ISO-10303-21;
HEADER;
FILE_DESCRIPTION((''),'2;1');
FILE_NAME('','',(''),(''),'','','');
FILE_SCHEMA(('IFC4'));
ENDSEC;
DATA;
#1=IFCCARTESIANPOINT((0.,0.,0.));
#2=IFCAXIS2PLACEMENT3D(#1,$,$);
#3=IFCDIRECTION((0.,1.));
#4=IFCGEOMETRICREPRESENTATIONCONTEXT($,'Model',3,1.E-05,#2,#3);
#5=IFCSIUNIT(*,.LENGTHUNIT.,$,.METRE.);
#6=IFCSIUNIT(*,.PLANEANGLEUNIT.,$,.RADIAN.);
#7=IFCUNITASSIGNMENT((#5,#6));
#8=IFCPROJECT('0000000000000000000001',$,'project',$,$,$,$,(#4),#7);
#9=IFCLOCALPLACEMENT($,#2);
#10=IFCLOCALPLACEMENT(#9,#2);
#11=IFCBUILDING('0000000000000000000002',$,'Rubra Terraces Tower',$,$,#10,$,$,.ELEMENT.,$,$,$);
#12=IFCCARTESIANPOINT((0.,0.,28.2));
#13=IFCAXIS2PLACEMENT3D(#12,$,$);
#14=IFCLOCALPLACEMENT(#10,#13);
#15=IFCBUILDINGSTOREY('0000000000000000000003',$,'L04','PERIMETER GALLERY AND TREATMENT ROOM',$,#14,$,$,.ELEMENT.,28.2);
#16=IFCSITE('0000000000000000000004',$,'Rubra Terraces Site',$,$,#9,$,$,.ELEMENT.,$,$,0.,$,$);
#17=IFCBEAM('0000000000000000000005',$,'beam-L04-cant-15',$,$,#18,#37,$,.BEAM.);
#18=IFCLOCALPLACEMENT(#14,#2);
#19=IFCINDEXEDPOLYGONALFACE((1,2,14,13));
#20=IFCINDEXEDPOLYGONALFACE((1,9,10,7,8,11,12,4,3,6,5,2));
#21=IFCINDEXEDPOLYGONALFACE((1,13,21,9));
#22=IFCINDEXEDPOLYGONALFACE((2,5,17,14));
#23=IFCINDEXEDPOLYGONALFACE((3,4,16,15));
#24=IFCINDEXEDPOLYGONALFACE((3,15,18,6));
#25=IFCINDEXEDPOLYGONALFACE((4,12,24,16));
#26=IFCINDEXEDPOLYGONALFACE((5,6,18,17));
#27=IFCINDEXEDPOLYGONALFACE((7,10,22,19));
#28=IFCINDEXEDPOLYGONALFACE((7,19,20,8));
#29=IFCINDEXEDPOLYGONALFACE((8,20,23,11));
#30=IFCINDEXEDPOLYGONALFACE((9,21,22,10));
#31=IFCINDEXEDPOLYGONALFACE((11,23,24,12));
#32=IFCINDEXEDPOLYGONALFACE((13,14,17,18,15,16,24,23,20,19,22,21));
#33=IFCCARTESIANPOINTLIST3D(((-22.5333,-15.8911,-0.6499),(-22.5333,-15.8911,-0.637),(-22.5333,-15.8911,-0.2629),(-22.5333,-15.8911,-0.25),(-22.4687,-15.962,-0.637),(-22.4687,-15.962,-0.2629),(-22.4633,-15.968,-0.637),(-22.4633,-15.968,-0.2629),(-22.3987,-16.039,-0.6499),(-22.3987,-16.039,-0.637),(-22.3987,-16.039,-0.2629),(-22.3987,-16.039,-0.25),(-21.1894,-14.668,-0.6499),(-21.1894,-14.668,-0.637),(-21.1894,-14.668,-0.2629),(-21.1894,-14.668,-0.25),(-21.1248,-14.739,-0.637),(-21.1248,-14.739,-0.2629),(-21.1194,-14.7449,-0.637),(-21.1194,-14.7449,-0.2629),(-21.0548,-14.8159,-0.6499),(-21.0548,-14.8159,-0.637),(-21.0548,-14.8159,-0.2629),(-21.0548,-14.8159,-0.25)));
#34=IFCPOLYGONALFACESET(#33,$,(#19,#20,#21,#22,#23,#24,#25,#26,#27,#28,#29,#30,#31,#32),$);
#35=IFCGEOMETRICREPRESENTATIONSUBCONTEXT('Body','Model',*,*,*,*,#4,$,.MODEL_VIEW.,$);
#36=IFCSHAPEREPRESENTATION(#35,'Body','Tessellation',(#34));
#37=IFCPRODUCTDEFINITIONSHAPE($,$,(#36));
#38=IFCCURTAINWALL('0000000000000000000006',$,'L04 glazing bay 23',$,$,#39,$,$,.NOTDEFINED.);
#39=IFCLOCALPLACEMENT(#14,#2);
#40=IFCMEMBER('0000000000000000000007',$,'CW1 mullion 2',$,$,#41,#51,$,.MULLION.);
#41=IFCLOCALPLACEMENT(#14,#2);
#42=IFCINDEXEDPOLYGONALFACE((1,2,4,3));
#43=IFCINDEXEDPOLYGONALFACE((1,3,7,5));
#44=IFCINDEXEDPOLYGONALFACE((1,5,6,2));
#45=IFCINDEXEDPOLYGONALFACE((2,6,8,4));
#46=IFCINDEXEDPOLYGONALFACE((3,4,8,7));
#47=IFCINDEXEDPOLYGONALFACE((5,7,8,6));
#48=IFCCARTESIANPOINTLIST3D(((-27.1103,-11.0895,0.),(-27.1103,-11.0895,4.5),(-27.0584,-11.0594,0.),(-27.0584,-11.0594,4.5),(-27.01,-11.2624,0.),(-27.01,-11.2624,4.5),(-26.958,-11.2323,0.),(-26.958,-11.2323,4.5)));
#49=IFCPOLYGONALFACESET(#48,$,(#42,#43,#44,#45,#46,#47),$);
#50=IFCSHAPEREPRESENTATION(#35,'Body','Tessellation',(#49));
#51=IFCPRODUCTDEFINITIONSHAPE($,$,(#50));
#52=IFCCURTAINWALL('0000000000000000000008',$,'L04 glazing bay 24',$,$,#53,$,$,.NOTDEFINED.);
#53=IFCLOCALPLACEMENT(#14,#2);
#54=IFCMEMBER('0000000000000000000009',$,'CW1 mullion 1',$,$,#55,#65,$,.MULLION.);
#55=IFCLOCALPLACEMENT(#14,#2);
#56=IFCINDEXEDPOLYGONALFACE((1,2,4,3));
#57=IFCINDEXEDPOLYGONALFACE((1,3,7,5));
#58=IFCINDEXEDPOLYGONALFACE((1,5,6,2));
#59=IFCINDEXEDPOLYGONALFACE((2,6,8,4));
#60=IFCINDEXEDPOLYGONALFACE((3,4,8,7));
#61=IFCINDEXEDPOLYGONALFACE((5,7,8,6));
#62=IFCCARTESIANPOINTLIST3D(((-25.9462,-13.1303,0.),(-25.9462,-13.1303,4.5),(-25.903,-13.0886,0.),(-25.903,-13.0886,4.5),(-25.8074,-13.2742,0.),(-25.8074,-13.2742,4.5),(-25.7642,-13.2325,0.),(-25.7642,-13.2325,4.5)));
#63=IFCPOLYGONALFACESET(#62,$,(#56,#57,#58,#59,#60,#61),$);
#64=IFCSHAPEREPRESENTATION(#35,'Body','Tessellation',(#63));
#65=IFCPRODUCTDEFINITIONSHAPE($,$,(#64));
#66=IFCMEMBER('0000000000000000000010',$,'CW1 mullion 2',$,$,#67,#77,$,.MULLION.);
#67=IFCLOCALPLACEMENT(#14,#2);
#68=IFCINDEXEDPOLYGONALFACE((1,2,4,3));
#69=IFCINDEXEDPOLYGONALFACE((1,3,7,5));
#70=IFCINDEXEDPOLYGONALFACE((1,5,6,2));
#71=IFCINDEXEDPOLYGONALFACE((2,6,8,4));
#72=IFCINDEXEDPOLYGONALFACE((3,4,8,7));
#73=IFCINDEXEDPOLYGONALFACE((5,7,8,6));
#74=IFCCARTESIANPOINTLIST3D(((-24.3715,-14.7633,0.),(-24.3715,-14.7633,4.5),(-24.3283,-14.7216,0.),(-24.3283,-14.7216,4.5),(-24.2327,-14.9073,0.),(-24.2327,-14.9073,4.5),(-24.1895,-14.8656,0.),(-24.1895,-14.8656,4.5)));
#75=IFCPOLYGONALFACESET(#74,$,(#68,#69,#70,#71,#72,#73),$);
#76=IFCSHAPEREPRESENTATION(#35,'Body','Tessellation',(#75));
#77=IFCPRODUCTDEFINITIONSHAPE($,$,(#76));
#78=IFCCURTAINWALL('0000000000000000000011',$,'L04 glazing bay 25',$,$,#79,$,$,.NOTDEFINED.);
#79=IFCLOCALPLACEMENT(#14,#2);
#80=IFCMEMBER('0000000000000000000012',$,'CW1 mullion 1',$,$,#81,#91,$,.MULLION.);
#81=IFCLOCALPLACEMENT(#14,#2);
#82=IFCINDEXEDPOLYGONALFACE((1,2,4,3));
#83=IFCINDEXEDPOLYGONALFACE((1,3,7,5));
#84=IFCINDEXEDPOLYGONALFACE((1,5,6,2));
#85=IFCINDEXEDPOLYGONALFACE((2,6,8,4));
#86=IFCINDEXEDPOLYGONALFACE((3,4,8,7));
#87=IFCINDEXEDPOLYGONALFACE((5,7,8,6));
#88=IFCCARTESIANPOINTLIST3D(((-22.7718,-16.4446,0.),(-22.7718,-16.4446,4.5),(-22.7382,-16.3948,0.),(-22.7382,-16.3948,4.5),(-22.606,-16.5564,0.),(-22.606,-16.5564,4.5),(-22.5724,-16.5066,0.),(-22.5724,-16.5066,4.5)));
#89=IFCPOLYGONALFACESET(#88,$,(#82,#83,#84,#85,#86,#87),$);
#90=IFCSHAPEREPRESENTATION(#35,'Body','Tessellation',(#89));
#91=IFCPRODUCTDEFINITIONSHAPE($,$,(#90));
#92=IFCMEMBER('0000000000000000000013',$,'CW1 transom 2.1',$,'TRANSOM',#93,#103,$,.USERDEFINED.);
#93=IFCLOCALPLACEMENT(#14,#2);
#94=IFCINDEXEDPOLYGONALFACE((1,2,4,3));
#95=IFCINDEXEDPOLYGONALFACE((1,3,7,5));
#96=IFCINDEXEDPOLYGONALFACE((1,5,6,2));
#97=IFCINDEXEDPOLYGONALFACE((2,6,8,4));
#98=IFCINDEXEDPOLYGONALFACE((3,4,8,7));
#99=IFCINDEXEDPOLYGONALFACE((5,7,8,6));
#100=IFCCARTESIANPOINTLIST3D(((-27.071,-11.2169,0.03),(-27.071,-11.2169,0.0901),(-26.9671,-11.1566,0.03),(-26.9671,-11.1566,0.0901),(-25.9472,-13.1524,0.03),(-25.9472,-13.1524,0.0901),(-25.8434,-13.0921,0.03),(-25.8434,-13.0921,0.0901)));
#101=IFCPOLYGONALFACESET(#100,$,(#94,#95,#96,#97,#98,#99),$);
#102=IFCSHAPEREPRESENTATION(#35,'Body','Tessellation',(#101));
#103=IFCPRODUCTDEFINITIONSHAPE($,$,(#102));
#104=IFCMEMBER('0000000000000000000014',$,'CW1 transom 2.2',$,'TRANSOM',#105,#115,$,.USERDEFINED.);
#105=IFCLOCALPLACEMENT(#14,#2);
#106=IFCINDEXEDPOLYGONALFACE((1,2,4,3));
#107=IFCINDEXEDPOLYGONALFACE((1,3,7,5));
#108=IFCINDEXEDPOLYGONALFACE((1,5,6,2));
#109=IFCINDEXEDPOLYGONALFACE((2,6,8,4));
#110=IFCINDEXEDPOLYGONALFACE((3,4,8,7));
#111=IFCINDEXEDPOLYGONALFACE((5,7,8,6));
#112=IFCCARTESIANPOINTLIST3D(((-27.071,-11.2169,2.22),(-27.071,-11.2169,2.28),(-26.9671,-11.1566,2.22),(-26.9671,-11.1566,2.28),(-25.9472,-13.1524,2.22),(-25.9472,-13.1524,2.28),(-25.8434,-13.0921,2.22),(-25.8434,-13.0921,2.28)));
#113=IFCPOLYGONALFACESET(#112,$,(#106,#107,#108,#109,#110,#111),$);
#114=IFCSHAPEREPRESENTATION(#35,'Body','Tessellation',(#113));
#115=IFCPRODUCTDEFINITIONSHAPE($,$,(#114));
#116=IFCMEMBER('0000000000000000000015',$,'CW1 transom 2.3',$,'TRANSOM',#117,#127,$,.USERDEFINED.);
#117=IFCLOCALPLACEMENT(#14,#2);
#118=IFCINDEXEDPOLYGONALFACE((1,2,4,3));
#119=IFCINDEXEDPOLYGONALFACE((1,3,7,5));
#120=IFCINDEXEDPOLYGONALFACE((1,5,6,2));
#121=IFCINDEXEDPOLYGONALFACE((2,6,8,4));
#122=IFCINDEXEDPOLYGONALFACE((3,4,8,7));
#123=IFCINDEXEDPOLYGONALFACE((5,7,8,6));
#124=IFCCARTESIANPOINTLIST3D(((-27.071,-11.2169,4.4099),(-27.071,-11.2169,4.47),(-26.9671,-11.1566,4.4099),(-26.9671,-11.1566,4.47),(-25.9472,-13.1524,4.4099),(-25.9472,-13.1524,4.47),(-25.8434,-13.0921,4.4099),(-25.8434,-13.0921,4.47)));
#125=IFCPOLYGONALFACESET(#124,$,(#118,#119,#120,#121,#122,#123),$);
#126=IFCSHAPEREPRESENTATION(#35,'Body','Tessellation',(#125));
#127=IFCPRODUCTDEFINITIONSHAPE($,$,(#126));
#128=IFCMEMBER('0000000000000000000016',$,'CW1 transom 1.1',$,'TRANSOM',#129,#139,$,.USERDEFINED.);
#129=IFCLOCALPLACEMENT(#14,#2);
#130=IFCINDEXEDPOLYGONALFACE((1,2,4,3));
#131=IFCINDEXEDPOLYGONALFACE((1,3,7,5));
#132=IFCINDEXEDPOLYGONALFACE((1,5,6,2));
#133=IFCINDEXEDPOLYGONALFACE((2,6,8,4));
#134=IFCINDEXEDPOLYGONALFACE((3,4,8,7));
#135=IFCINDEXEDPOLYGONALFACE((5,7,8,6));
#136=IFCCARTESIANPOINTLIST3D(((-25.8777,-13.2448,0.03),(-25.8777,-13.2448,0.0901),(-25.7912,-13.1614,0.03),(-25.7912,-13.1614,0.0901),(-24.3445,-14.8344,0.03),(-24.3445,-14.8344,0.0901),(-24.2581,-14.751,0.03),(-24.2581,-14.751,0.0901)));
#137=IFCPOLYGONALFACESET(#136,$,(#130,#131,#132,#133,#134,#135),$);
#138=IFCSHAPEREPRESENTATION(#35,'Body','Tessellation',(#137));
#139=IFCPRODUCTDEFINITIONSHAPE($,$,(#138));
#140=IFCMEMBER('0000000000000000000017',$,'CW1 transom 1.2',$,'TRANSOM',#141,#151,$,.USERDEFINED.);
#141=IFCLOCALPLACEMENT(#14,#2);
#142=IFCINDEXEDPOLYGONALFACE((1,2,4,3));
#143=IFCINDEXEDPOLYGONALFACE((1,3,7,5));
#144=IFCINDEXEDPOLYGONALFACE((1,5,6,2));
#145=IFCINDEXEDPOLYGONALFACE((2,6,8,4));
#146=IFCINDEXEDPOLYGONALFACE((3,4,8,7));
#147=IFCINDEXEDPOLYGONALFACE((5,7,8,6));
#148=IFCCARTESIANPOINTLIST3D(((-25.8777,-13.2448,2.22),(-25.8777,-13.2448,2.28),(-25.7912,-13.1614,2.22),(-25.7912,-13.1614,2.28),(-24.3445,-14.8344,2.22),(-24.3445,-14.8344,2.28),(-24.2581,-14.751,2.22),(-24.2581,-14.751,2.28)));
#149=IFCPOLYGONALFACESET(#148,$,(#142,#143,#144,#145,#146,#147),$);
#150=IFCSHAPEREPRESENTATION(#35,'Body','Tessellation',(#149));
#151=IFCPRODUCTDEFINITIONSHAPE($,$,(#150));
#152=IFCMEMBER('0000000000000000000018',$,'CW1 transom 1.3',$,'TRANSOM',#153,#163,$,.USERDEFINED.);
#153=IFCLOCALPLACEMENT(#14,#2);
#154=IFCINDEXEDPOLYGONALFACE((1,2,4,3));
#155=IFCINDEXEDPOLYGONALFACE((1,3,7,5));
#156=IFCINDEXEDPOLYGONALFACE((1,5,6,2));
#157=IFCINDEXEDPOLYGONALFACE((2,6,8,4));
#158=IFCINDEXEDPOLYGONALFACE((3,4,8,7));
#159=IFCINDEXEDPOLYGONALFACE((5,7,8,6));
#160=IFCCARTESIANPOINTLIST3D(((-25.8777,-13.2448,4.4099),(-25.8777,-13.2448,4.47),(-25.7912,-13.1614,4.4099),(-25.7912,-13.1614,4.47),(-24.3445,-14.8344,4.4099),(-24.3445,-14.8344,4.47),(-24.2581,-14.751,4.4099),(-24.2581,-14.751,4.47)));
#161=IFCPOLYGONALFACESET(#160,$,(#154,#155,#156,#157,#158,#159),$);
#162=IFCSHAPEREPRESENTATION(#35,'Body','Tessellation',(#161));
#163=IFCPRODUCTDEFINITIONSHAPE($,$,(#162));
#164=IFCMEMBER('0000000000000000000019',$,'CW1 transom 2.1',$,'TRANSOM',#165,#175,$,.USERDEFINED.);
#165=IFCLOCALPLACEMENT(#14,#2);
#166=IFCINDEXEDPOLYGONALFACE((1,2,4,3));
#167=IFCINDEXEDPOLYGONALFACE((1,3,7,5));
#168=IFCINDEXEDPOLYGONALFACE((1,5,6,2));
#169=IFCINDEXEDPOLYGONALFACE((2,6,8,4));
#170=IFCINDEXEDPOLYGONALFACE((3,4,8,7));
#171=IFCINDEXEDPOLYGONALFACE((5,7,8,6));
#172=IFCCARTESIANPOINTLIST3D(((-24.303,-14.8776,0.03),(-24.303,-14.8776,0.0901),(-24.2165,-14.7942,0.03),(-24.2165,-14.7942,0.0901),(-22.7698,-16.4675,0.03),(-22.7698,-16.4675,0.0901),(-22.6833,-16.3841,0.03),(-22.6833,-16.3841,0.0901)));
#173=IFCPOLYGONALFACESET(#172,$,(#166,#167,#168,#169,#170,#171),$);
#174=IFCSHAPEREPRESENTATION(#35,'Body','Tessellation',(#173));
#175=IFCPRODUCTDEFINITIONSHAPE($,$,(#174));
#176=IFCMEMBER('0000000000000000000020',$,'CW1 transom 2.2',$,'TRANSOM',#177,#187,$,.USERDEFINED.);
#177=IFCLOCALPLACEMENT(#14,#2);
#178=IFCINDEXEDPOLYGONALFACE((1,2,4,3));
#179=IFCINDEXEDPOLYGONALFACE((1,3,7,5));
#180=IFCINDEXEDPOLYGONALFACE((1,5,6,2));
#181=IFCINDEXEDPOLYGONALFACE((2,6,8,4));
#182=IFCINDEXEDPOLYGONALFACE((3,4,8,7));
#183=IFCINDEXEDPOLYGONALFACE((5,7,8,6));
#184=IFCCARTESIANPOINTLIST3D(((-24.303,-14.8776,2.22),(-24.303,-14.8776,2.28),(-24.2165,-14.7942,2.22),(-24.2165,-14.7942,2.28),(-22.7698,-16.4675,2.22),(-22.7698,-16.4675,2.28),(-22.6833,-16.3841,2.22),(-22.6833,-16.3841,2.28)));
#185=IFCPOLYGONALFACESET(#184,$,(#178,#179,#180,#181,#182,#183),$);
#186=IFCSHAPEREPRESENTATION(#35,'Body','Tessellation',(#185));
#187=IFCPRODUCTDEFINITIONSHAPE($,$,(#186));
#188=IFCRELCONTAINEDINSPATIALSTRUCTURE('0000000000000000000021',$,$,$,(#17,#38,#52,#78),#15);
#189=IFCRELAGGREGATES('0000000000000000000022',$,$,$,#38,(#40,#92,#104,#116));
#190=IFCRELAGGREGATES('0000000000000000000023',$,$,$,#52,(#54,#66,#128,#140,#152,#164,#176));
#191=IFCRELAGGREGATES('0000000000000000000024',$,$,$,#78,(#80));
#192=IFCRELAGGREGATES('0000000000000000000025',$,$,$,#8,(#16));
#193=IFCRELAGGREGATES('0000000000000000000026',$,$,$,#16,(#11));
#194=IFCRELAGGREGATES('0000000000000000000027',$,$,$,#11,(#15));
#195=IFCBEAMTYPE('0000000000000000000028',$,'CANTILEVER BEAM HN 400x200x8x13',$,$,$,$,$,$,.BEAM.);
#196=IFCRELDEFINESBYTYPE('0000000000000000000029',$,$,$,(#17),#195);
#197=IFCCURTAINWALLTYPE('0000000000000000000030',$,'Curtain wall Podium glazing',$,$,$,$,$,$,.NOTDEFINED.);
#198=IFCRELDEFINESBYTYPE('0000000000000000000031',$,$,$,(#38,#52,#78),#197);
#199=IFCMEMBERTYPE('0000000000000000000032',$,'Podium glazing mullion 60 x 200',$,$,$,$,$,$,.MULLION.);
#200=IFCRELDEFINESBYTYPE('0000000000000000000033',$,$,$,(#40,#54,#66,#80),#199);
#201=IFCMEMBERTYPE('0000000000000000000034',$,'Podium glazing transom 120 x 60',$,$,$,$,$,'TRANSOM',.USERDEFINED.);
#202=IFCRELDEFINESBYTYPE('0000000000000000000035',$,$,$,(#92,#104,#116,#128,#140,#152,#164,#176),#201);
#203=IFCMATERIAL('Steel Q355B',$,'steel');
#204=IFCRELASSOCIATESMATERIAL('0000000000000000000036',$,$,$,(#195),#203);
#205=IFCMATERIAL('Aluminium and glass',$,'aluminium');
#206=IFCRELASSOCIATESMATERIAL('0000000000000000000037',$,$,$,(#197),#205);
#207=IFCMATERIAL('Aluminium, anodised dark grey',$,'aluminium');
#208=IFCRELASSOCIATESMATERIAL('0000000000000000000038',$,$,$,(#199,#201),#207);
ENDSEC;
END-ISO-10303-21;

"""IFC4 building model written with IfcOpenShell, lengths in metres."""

from ifc_helpers import new_model, si_unit, direction, frame, origin, origin_2d, place, context, subcontext, project, spatial, rectangle, i_section, extrude, material, material_profile, profile_set, type_object, element, aggregate, save


model = new_model("IFC4")

# Units and contexts
model_context = context("Model", 3, precision=1e-05, world=origin(), true_north=direction((0.0, 1.0)))
body_context = subcontext(model_context, "Body", "Model", "MODEL_VIEW")
ifc_project = project(units=[si_unit("LENGTHUNIT", "METRE"), si_unit("PLANEANGLEUNIT", "RADIAN")], contexts=[model_context])

# Site, building, storey
site_placement = place(None, origin())
site = spatial("IfcSite", under=ifc_project, at=site_placement, Name="Rubra Terraces Site", CompositionType="ELEMENT", RefElevation=0.0)
building_placement = place(site_placement, origin())
building = spatial("IfcBuilding", under=site, at=building_placement, Name="Rubra Terraces Tower", CompositionType="ELEMENT")
storey_placement = place(building_placement, frame((0.0, 0.0, 28.2)))
storey = spatial("IfcBuildingStorey", under=building, at=storey_placement, Name="L04", Description="PERIMETER GALLERY AND TREATMENT ROOM", CompositionType="ELEMENT", Elevation=28.2)

# Beam
ifc_material_1 = material(Name="Steel Q355B", Category="steel")
ifc_material_profile_1 = material_profile(ifc_material_1, i_section(OverallWidth=0.2, OverallDepth=0.3999, WebThickness=0.0081, FlangeThickness=0.0129, at=origin_2d()), Name="HN 400x200x8x13")
ifc_profile_set_1 = profile_set([ifc_material_profile_1], Name="Steel Q355B")
beam_type_1 = type_object("IfcBeamType", Name="CANTILEVER BEAM HN 400x200x8x13", PredefinedType="BEAM", material=ifc_profile_set_1)
beam_1_placement = place(storey_placement, frame((-21.1221, -14.7419, -0.45), z_axis=(-0.739575, -0.673074, 0.0), x_axis=(0.673074, -0.739575, 0.0)))
element("IfcBeam", 1, at=beam_1_placement, inside=storey, type_object=beam_type_1, Name="beam-L04-cant-15", PredefinedType="BEAM", context=body_context, shape_type="SweptSolid", body=[
    extrude(i_section(OverallWidth=0.2, OverallDepth=0.3999, WebThickness=0.0081, FlangeThickness=0.0129, at=origin_2d()), origin(), (0.0, 0.0, 1.0), 1.8171),
])

# Curtain wall, member
ifc_material_2 = material(Name="Aluminium and glass", Category="aluminium")
curtain_wall_type = type_object("IfcCurtainWallType", Name="Curtain wall Podium glazing", PredefinedType="NOTDEFINED", material=ifc_material_2)
curtain_wall_1_placement = place(storey_placement, origin())
curtain_wall_1 = element("IfcCurtainWall", 2, at=curtain_wall_1_placement, inside=storey, type_object=curtain_wall_type, Name="L04 glazing bay 23", PredefinedType="NOTDEFINED")
ifc_material_3 = material(Name="Aluminium, anodised dark grey", Category="aluminium")
ifc_material_profile_2 = material_profile(ifc_material_3, rectangle(XDim=0.0601, YDim=0.2, at=origin_2d()), Name="AL 60x200")
ifc_profile_set_2 = profile_set([ifc_material_profile_2], Name="Aluminium, anodised dark grey")
member_type_1 = type_object("IfcMemberType", Name="Podium glazing mullion 60 x 200", PredefinedType="MULLION", material=ifc_profile_set_2)
member_1_placement = place(storey_placement, frame((-27.0342, -11.1609, 0.0), z_axis=(0.0, 0.0, 1.0), x_axis=(0.864813, 0.502094, 0.0)))
member_1 = element("IfcMember", 3, at=member_1_placement, type_object=member_type_1, Name="CW1 mullion 2", PredefinedType="MULLION", context=body_context, shape_type="SweptSolid", body=[
    extrude(rectangle(XDim=0.0601, YDim=0.2, at=origin_2d()), origin(), (0.0, 0.0, 1.0), 4.5),
])

# Curtain wall, members
curtain_wall_2_placement = place(storey_placement, origin())
curtain_wall_2 = element("IfcCurtainWall", 4, at=curtain_wall_2_placement, inside=storey, type_object=curtain_wall_type, Name="L04 glazing bay 24", PredefinedType="NOTDEFINED")
member_2_placement = place(storey_placement, frame((-25.8552, -13.1814, 0.0), z_axis=(0.0, 0.0, 1.0), x_axis=(0.719825, 0.694156, 0.0)))
member_2 = element("IfcMember", 5, at=member_2_placement, type_object=member_type_1, Name="CW1 mullion 1", PredefinedType="MULLION", context=body_context, shape_type="SweptSolid", body=[
    extrude(rectangle(XDim=0.0601, YDim=0.2, at=origin_2d()), origin(), (0.0, 0.0, 1.0), 4.5),
])
member_3_placement = place(storey_placement, frame((-24.2805, -14.8145, 0.0), z_axis=(0.0, 0.0, 1.0), x_axis=(0.719825, 0.694156, 0.0)))
member_3 = element("IfcMember", 6, at=member_3_placement, type_object=member_type_1, Name="CW1 mullion 2", PredefinedType="MULLION", context=body_context, shape_type="SweptSolid", body=[
    extrude(rectangle(XDim=0.0601, YDim=0.2, at=origin_2d()), origin(), (0.0, 0.0, 1.0), 4.5),
])

# Curtain wall, member
curtain_wall_3_placement = place(storey_placement, origin())
curtain_wall_3 = element("IfcCurtainWall", 7, at=curtain_wall_3_placement, inside=storey, type_object=curtain_wall_type, Name="L04 glazing bay 25", PredefinedType="NOTDEFINED")
member_4_placement = place(storey_placement, frame((-22.6721, -16.4756, 0.0), z_axis=(0.0, 0.0, 1.0), x_axis=(0.559277, 0.828981, 0.0)))
member_4 = element("IfcMember", 8, at=member_4_placement, type_object=member_type_1, Name="CW1 mullion 1", PredefinedType="MULLION", context=body_context, shape_type="SweptSolid", body=[
    extrude(rectangle(XDim=0.0601, YDim=0.2, at=origin_2d()), origin(), (0.0, 0.0, 1.0), 4.5),
])

# Members
ifc_material_profile_3 = material_profile(ifc_material_3, rectangle(XDim=0.1201, YDim=0.0601, at=origin_2d()), Name="AL 120x60")
ifc_profile_set_3 = profile_set([ifc_material_profile_3], Name="Aluminium, anodised dark grey")
member_type_2 = type_object("IfcMemberType", Name="Podium glazing transom 120 x 60", ElementType="TRANSOM", PredefinedType="USERDEFINED", material=ifc_profile_set_3)
member_5_placement = place(storey_placement, frame((-27.019, -11.1868, 0.0601), z_axis=(0.502107, -0.864806, 0.0), x_axis=(0.864806, 0.502107, 0.0)))
member_5 = element("IfcMember", 9, at=member_5_placement, type_object=member_type_2, Name="CW1 transom 2.1", ObjectType="TRANSOM", PredefinedType="USERDEFINED", context=body_context, shape_type="SweptSolid", body=[
    extrude(rectangle(XDim=0.1201, YDim=0.0601, at=origin_2d()), origin(), (0.0, 0.0, 1.0), 2.238),
])
member_6_placement = place(storey_placement, frame((-27.019, -11.1868, 2.25), z_axis=(0.502107, -0.864806, 0.0), x_axis=(0.864806, 0.502107, 0.0)))
member_6 = element("IfcMember", 10, at=member_6_placement, type_object=member_type_2, Name="CW1 transom 2.2", ObjectType="TRANSOM", PredefinedType="USERDEFINED", context=body_context, shape_type="SweptSolid", body=[
    extrude(rectangle(XDim=0.1201, YDim=0.0601, at=origin_2d()), origin(), (0.0, 0.0, 1.0), 2.238),
])
member_7_placement = place(storey_placement, frame((-27.019, -11.1868, 4.4399), z_axis=(0.502107, -0.864806, 0.0), x_axis=(0.864806, 0.502107, 0.0)))
member_7 = element("IfcMember", 11, at=member_7_placement, type_object=member_type_2, Name="CW1 transom 2.3", ObjectType="TRANSOM", PredefinedType="USERDEFINED", context=body_context, shape_type="SweptSolid", body=[
    extrude(rectangle(XDim=0.1201, YDim=0.0601, at=origin_2d()), origin(), (0.0, 0.0, 1.0), 2.238),
])
member_8_placement = place(storey_placement, frame((-25.8345, -13.2031, 0.0601), z_axis=(0.694224, -0.719759, 0.0), x_axis=(0.719759, 0.694224, 0.0)))
member_8 = element("IfcMember", 12, at=member_8_placement, type_object=member_type_2, Name="CW1 transom 1.1", ObjectType="TRANSOM", PredefinedType="USERDEFINED", context=body_context, shape_type="SweptSolid", body=[
    extrude(rectangle(XDim=0.1201, YDim=0.0601, at=origin_2d()), origin(), (0.0, 0.0, 1.0), 2.2085),
])
member_9_placement = place(storey_placement, frame((-25.8345, -13.2031, 2.25), z_axis=(0.694224, -0.719759, 0.0), x_axis=(0.719759, 0.694224, 0.0)))
member_9 = element("IfcMember", 13, at=member_9_placement, type_object=member_type_2, Name="CW1 transom 1.2", ObjectType="TRANSOM", PredefinedType="USERDEFINED", context=body_context, shape_type="SweptSolid", body=[
    extrude(rectangle(XDim=0.1201, YDim=0.0601, at=origin_2d()), origin(), (0.0, 0.0, 1.0), 2.2085),
])
member_10_placement = place(storey_placement, frame((-25.8345, -13.2031, 4.4399), z_axis=(0.694224, -0.719759, 0.0), x_axis=(0.719759, 0.694224, 0.0)))
member_10 = element("IfcMember", 14, at=member_10_placement, type_object=member_type_2, Name="CW1 transom 1.3", ObjectType="TRANSOM", PredefinedType="USERDEFINED", context=body_context, shape_type="SweptSolid", body=[
    extrude(rectangle(XDim=0.1201, YDim=0.0601, at=origin_2d()), origin(), (0.0, 0.0, 1.0), 2.2085),
])
member_11_placement = place(storey_placement, frame((-24.2598, -14.8359, 0.0601), z_axis=(0.694168, -0.719813, 0.0), x_axis=(0.719813, 0.694168, 0.0)))
member_11 = element("IfcMember", 15, at=member_11_placement, type_object=member_type_2, Name="CW1 transom 2.1", ObjectType="TRANSOM", PredefinedType="USERDEFINED", context=body_context, shape_type="SweptSolid", body=[
    extrude(rectangle(XDim=0.1201, YDim=0.0601, at=origin_2d()), origin(), (0.0, 0.0, 1.0), 2.2087),
])
member_12_placement = place(storey_placement, frame((-24.2598, -14.8359, 2.25), z_axis=(0.694168, -0.719813, 0.0), x_axis=(0.719813, 0.694168, 0.0)))
member_12 = element("IfcMember", 16, at=member_12_placement, type_object=member_type_2, Name="CW1 transom 2.2", ObjectType="TRANSOM", PredefinedType="USERDEFINED", context=body_context, shape_type="SweptSolid", body=[
    extrude(rectangle(XDim=0.1201, YDim=0.0601, at=origin_2d()), origin(), (0.0, 0.0, 1.0), 2.2087),
])

aggregate(curtain_wall_1, [member_1, member_5, member_6, member_7])
aggregate(curtain_wall_2, [member_2, member_3, member_8, member_9, member_10, member_11, member_12])
aggregate(curtain_wall_3, [member_4])

save(model, "model.ifc")
